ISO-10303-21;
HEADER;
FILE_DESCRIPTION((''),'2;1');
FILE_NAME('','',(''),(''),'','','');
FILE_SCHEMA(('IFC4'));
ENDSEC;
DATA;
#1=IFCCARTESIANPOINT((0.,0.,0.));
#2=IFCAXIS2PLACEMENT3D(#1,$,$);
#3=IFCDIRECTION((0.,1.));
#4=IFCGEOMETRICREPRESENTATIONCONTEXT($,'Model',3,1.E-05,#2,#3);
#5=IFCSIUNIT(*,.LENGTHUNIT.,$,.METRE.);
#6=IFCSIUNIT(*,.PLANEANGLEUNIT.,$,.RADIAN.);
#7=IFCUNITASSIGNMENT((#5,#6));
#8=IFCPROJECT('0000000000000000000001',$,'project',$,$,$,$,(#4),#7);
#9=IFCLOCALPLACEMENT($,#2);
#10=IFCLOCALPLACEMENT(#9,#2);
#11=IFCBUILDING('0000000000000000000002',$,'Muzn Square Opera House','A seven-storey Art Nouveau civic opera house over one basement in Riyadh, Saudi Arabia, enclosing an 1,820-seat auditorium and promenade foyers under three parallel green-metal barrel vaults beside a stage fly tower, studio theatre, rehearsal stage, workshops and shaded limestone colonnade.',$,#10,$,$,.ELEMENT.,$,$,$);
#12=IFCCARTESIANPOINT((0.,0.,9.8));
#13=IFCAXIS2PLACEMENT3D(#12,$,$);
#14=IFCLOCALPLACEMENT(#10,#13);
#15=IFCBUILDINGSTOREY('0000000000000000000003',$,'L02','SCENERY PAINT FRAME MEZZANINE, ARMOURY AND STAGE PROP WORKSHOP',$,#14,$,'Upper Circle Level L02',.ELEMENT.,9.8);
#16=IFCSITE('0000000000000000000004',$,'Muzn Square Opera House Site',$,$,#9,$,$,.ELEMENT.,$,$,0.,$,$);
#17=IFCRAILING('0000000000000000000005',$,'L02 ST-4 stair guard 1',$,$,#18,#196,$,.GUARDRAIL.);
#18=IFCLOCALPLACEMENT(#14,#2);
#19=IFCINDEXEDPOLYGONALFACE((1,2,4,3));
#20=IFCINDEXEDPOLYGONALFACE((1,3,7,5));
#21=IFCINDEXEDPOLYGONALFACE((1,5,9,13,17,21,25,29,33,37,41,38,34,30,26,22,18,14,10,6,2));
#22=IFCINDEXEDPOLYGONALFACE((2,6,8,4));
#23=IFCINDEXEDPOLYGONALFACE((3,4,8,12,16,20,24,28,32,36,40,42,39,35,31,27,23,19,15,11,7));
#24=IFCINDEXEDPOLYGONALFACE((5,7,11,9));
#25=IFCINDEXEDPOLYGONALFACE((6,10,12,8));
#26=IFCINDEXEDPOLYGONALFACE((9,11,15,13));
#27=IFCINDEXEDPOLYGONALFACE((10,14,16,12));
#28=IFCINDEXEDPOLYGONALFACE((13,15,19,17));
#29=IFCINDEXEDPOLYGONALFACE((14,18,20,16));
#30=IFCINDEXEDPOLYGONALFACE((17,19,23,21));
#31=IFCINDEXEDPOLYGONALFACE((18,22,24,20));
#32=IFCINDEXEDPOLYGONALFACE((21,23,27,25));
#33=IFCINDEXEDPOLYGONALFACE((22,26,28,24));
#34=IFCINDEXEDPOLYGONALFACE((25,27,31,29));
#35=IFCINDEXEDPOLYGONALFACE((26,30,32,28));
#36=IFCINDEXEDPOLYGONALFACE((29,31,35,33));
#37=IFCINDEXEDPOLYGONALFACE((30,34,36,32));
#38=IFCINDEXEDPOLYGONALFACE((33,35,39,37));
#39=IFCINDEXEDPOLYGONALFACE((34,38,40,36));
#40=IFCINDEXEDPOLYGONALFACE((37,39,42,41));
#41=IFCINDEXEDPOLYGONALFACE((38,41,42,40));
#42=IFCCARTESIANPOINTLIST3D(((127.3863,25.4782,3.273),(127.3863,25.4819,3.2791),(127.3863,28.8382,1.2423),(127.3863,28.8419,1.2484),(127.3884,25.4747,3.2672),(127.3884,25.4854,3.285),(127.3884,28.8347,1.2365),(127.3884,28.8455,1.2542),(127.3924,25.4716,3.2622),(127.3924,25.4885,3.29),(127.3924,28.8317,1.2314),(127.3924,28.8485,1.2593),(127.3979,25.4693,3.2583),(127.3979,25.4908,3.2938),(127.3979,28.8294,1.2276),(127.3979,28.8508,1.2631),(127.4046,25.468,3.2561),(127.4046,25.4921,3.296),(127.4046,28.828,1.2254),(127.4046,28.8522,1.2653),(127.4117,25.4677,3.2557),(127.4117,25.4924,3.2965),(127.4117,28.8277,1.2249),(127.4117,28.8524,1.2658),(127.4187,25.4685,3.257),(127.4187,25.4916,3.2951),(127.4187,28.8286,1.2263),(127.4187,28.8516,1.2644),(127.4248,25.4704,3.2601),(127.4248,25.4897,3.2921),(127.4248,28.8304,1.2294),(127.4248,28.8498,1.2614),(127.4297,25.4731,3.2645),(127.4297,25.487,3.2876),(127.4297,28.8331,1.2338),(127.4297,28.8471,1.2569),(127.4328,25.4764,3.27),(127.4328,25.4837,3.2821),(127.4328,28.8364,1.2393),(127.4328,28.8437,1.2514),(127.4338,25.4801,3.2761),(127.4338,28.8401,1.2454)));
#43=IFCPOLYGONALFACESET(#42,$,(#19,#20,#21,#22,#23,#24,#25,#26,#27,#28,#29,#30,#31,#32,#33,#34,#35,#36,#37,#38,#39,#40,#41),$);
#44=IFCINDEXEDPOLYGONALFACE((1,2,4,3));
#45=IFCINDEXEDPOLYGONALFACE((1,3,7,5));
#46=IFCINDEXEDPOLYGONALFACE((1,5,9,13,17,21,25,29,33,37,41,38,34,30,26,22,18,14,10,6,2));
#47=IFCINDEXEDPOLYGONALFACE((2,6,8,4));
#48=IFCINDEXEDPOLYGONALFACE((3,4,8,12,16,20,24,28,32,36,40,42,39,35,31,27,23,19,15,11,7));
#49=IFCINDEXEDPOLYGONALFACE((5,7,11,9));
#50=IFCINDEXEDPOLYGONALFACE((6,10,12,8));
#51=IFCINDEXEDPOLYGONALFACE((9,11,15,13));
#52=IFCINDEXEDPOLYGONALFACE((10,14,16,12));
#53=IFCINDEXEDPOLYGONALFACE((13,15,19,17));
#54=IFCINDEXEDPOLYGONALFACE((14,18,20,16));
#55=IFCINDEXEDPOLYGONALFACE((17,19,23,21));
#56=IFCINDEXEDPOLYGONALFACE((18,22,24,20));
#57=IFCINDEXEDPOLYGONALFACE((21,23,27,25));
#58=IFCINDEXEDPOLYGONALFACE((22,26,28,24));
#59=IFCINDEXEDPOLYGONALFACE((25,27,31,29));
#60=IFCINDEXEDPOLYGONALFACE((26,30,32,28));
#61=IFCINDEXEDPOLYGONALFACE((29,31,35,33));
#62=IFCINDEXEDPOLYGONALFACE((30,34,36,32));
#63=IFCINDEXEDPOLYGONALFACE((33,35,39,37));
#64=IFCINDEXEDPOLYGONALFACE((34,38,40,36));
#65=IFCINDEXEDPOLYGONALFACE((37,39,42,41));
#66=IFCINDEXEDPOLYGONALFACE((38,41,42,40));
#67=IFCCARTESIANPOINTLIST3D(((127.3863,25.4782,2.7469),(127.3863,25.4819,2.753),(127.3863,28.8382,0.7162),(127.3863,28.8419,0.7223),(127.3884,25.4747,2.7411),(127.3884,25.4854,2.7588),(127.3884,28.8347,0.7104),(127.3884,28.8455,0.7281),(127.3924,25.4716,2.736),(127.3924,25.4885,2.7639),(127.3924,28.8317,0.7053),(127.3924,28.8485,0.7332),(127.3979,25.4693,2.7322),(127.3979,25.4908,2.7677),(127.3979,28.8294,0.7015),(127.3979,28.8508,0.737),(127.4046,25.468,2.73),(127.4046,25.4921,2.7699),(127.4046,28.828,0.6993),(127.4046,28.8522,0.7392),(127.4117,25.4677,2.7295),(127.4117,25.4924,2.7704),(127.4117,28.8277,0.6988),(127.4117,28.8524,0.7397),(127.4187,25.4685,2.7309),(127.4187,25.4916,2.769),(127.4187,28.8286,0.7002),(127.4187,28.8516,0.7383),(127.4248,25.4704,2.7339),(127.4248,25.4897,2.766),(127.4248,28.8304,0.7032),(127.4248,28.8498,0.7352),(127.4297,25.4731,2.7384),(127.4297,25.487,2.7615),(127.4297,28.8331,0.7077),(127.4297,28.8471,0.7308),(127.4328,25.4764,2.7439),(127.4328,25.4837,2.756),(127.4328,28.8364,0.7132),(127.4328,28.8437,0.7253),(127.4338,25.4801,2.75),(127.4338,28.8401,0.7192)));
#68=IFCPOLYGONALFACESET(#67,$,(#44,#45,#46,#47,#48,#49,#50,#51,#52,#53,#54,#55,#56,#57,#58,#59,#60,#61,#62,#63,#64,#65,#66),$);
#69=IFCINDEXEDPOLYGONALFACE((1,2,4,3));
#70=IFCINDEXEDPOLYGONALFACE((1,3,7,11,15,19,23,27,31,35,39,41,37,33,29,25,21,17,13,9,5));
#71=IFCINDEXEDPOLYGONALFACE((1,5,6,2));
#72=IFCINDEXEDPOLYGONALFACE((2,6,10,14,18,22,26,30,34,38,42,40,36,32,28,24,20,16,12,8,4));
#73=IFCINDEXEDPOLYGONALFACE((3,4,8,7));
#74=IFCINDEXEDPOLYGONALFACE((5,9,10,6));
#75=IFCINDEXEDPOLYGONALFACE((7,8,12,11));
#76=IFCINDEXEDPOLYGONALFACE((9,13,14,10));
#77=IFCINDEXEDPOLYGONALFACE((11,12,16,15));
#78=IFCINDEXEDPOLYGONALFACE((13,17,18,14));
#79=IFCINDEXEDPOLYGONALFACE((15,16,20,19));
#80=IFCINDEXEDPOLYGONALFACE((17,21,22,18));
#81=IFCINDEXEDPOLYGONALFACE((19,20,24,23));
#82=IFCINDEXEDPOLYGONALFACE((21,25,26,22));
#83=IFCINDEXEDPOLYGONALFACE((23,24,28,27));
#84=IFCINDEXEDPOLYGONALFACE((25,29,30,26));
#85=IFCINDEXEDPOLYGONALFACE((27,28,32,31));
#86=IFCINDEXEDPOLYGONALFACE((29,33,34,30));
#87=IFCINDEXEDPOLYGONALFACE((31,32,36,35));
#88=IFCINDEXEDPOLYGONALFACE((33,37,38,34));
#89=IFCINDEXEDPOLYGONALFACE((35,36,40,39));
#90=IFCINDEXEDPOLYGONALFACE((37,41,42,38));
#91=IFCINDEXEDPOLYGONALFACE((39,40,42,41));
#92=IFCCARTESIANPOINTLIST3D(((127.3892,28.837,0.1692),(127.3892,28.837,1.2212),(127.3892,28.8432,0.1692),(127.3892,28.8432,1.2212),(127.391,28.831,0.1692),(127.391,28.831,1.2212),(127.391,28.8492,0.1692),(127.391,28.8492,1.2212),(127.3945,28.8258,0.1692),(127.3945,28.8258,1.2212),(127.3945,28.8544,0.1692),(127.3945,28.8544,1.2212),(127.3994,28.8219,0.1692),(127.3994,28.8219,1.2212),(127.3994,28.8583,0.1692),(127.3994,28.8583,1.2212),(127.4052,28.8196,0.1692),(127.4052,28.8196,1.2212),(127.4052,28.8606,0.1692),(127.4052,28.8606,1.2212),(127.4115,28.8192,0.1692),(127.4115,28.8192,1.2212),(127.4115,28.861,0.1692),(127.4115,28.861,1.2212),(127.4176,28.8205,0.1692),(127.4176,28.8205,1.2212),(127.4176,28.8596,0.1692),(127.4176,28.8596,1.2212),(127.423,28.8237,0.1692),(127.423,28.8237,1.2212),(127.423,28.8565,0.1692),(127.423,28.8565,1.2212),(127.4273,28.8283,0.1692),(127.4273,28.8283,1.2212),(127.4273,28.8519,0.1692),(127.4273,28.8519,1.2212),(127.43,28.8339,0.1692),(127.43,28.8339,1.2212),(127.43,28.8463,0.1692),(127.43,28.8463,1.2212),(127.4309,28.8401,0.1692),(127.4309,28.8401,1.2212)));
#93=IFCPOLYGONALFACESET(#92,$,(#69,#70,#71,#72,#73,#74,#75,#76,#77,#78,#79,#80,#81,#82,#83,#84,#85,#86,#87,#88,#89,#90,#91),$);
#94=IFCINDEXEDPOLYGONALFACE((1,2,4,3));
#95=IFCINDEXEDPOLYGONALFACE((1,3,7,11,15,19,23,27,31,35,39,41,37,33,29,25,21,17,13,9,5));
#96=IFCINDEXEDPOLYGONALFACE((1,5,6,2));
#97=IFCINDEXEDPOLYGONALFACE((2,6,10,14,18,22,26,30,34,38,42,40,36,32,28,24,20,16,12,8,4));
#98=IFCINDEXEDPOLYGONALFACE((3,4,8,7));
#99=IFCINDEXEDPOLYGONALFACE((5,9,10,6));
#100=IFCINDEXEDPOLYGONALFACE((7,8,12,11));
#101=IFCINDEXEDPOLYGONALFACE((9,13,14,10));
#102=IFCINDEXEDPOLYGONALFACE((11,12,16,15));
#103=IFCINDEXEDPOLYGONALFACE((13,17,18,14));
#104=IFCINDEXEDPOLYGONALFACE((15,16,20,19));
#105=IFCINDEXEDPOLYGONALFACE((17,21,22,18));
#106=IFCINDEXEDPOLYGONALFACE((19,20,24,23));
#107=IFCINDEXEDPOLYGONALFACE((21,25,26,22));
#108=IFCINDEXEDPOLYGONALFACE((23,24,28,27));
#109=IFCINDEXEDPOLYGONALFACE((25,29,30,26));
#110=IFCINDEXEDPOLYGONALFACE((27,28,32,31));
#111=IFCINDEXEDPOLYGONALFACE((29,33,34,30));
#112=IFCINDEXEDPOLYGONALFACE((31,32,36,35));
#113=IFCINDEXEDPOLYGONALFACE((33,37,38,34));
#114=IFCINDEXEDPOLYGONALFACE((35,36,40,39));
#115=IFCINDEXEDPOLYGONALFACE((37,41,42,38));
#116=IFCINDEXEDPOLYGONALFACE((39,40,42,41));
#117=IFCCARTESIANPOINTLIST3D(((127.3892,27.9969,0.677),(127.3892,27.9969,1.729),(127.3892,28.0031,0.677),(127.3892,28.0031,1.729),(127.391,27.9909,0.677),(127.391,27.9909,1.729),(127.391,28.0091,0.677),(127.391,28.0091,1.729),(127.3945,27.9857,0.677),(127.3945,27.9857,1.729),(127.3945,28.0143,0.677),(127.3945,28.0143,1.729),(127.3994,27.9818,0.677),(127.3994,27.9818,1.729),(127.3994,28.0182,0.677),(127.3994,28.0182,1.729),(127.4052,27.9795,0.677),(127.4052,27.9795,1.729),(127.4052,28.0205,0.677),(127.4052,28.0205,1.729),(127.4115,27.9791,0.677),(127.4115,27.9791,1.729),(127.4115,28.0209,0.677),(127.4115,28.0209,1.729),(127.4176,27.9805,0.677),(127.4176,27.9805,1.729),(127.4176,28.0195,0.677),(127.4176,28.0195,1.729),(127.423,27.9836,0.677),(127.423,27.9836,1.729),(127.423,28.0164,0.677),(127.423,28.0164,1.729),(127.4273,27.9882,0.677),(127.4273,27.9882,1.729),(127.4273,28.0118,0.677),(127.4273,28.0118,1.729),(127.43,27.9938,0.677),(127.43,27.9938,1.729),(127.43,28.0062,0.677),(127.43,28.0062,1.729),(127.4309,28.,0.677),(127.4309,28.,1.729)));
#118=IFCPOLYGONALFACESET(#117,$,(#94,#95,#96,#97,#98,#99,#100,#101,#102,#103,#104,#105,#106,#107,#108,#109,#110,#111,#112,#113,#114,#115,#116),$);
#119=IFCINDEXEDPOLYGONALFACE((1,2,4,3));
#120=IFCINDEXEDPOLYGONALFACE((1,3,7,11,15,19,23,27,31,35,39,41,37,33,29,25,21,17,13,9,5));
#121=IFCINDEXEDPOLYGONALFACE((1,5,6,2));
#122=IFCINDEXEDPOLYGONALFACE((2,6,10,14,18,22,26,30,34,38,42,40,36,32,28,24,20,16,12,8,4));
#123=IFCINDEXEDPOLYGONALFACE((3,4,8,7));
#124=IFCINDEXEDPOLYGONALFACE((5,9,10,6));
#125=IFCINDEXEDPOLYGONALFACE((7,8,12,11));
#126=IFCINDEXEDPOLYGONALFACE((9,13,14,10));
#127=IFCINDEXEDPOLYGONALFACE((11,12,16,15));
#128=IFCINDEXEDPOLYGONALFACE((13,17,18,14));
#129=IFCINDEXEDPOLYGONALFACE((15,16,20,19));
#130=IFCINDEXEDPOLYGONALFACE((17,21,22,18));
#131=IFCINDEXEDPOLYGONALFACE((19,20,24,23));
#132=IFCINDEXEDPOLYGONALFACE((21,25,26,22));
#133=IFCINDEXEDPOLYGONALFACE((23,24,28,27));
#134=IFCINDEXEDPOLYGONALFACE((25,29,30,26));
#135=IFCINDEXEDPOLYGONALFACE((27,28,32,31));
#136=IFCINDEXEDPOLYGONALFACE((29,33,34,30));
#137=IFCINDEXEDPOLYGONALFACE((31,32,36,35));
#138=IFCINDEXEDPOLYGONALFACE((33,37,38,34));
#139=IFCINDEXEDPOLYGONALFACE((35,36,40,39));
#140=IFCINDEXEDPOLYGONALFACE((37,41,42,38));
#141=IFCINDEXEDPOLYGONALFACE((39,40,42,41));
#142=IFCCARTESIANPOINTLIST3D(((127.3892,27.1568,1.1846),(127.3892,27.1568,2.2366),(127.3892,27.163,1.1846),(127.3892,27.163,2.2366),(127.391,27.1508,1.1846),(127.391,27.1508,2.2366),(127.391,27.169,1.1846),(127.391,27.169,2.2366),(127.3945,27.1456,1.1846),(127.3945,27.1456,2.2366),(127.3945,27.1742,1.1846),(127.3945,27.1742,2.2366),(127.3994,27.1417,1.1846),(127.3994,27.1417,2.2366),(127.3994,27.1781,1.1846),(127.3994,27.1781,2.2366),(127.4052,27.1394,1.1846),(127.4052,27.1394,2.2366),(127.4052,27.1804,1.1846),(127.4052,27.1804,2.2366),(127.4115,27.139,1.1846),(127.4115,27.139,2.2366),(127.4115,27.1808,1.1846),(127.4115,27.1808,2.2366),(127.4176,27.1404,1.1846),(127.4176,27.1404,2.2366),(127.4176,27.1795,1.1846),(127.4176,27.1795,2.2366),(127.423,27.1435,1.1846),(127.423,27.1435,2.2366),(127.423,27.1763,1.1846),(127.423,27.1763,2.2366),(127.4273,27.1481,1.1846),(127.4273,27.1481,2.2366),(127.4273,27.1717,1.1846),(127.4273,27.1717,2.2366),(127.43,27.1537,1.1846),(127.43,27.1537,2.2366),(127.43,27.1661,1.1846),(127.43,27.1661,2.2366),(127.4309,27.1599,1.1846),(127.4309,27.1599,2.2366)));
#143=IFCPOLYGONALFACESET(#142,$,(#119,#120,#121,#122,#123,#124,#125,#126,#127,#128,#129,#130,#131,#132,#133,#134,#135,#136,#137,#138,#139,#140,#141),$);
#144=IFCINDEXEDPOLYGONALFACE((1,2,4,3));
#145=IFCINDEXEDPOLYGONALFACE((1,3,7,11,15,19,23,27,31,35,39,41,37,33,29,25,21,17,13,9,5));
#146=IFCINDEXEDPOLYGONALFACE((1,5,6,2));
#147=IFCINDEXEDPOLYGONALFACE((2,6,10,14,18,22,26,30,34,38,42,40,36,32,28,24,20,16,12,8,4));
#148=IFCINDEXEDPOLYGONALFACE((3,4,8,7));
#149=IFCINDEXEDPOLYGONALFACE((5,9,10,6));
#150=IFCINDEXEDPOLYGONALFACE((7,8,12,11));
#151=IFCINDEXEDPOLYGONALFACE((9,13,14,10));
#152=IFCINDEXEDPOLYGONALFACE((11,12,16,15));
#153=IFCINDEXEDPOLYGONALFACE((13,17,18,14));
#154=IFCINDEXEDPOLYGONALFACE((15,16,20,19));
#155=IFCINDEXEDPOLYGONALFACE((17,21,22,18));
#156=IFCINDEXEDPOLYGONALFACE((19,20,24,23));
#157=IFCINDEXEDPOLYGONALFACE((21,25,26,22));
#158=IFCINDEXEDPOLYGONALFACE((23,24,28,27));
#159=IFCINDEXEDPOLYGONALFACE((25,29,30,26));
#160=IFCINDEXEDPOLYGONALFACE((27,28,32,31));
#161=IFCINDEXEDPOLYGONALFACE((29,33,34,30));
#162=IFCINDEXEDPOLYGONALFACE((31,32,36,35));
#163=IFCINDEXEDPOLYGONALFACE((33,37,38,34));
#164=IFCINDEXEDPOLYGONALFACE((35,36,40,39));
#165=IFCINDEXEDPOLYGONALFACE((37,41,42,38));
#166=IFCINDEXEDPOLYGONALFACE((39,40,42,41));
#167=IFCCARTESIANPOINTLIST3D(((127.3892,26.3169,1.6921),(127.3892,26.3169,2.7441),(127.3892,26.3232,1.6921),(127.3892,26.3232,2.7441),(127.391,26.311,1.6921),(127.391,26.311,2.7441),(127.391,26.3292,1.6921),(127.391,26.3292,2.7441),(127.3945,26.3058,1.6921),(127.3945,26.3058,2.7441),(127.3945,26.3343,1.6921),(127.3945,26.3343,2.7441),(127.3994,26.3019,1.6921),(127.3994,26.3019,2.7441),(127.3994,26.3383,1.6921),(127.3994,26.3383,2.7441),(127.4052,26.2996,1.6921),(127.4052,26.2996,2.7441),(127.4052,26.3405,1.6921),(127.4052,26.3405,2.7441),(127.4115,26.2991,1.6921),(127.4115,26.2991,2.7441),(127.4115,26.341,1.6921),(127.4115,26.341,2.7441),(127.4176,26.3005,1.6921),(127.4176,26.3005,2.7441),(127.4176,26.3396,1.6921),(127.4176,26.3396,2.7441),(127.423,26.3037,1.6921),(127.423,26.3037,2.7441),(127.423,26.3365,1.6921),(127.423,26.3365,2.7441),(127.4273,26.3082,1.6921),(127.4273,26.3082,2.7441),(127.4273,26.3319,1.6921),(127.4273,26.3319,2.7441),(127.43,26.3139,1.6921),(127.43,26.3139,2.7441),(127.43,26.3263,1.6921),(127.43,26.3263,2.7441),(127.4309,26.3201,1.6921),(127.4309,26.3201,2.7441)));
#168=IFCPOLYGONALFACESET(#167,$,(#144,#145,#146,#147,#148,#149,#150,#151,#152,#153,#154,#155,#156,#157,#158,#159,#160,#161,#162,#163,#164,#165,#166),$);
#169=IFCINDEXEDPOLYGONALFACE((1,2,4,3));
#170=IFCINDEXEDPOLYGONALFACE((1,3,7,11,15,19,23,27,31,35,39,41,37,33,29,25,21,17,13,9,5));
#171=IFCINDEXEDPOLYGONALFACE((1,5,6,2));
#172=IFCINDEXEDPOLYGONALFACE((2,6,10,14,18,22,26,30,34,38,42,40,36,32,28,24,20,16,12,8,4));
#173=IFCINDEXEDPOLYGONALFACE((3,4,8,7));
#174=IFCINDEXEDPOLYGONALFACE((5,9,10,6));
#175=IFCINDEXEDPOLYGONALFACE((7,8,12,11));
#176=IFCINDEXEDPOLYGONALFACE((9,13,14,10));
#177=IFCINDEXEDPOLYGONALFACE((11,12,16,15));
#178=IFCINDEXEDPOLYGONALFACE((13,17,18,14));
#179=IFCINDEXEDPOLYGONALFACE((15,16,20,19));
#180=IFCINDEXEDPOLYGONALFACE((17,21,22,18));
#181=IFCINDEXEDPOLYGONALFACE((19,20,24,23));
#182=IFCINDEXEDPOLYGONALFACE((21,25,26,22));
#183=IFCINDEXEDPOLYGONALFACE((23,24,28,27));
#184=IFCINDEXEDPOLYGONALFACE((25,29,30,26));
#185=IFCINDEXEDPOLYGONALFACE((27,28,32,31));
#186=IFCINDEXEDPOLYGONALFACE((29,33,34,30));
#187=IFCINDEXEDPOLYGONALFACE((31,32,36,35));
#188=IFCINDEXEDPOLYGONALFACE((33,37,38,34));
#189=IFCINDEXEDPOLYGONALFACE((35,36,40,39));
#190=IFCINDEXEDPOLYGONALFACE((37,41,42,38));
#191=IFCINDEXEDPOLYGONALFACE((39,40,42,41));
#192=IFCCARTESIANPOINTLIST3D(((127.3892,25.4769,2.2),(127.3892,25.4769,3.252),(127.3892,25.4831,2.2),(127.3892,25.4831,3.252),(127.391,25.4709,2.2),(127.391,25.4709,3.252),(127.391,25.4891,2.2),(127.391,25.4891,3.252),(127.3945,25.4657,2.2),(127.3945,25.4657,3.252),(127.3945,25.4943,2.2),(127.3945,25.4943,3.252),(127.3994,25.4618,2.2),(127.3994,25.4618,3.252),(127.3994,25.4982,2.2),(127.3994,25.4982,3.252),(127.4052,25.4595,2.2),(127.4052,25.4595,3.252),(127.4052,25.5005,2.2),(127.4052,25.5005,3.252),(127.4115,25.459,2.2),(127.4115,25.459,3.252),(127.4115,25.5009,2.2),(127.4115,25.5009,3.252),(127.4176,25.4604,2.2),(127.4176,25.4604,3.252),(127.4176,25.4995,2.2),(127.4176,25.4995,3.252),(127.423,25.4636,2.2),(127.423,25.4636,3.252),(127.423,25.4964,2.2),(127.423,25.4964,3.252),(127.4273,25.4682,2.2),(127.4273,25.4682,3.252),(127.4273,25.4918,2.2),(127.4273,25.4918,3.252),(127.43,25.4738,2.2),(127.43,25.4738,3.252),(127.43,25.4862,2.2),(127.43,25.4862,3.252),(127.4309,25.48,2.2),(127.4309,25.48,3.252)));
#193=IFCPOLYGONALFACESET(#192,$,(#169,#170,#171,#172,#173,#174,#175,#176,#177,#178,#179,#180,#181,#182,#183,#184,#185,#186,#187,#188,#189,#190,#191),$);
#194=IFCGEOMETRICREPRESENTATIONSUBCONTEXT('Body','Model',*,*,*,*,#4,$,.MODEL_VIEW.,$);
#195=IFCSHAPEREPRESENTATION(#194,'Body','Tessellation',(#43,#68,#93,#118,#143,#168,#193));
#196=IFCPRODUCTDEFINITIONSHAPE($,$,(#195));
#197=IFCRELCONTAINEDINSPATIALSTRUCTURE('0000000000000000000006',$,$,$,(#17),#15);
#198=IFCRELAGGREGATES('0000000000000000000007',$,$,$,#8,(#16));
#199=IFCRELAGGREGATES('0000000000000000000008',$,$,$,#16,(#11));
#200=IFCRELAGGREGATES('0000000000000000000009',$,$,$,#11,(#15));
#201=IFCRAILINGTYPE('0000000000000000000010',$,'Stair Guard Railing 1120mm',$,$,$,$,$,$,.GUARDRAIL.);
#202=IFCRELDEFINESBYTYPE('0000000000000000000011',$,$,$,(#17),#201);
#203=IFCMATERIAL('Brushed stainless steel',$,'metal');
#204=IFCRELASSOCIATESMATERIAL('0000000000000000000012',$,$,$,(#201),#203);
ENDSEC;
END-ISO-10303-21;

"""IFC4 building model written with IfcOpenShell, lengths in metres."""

from ifc_helpers import new_model, si_unit, direction, frame, origin, origin_2d, place, context, subcontext, project, spatial, circle, extrude, material, type_object, element, save


model = new_model("IFC4")

# Units and contexts
model_context = context("Model", 3, precision=1e-05, world=origin(), true_north=direction((0.0, 1.0)))
body_context = subcontext(model_context, "Body", "Model", "MODEL_VIEW")
ifc_project = project(units=[si_unit("LENGTHUNIT", "METRE"), si_unit("PLANEANGLEUNIT", "RADIAN")], contexts=[model_context])

# Site, building, storey
site_placement = place(None, origin())
site = spatial("IfcSite", under=ifc_project, at=site_placement, Name="Muzn Square Opera House Site", CompositionType="ELEMENT", RefElevation=0.0)
building_placement = place(site_placement, origin())
building = spatial("IfcBuilding", under=site, at=building_placement, Name="Muzn Square Opera House", Description="A seven-storey Art Nouveau civic opera house over one basement in Riyadh, Saudi Arabia, enclosing an 1,820-seat auditorium and promenade foyers under three parallel green-metal barrel vaults beside a stage fly tower, studio theatre, rehearsal stage, workshops and shaded limestone colonnade.", CompositionType="ELEMENT")
storey_placement = place(building_placement, frame((0.0, 0.0, 9.8)))
storey = spatial("IfcBuildingStorey", under=building, at=storey_placement, Name="L02", Description="SCENERY PAINT FRAME MEZZANINE, ARMOURY AND STAGE PROP WORKSHOP", LongName="Upper Circle Level L02", CompositionType="ELEMENT", Elevation=9.8)

# Shared definitions
ifc_material_1 = material(Name="Brushed stainless steel", Category="metal")

# Railing
railing_type_1 = type_object("IfcRailingType", Name="Stair Guard Railing 1120mm", PredefinedType="GUARDRAIL", material=ifc_material_1)
railing_1_placement = place(storey_placement, frame((127.4099, 28.8401, 0.1692)))
element("IfcRailing", 1, at=railing_1_placement, inside=storey, type_object=railing_type_1, Name="L02 ST-4 stair guard 1", PredefinedType="GUARDRAIL", context=body_context, shape_type="SweptSolid", body=[
    extrude(circle(Radius=0.0239, at=origin_2d()), frame((0.0, 0.0, 1.0762), z_axis=(0.0, -0.855837, 0.517246), x_axis=(1.0, 0.0, 0.0)), (0.0, 0.0, 1.0), 3.926),
    extrude(circle(Radius=0.0239, at=origin_2d()), frame((0.0, 0.0, 0.55), z_axis=(0.0, -0.855837, 0.517246), x_axis=(1.0, 0.0, 0.0)), (0.0, 0.0, 1.0), 3.926),
    extrude(circle(Radius=0.021, at=origin_2d()), origin(), (0.0, 0.0, 1.0), 1.052),
    extrude(circle(Radius=0.021, at=origin_2d()), frame((0.0, -0.8401, 0.5078)), (0.0, 0.0, 1.0), 1.052),
    extrude(circle(Radius=0.021, at=origin_2d()), frame((0.0, -1.6802, 1.0154)), (0.0, 0.0, 1.0), 1.052),
    extrude(circle(Radius=0.021, at=origin_2d()), frame((0.0, -2.52, 1.5229)), (0.0, 0.0, 1.0), 1.052),
    extrude(circle(Radius=0.021, at=origin_2d()), frame((0.0, -3.3601, 2.0308)), (0.0, 0.0, 1.0), 1.052),
])

save(model, "model.ifc")
